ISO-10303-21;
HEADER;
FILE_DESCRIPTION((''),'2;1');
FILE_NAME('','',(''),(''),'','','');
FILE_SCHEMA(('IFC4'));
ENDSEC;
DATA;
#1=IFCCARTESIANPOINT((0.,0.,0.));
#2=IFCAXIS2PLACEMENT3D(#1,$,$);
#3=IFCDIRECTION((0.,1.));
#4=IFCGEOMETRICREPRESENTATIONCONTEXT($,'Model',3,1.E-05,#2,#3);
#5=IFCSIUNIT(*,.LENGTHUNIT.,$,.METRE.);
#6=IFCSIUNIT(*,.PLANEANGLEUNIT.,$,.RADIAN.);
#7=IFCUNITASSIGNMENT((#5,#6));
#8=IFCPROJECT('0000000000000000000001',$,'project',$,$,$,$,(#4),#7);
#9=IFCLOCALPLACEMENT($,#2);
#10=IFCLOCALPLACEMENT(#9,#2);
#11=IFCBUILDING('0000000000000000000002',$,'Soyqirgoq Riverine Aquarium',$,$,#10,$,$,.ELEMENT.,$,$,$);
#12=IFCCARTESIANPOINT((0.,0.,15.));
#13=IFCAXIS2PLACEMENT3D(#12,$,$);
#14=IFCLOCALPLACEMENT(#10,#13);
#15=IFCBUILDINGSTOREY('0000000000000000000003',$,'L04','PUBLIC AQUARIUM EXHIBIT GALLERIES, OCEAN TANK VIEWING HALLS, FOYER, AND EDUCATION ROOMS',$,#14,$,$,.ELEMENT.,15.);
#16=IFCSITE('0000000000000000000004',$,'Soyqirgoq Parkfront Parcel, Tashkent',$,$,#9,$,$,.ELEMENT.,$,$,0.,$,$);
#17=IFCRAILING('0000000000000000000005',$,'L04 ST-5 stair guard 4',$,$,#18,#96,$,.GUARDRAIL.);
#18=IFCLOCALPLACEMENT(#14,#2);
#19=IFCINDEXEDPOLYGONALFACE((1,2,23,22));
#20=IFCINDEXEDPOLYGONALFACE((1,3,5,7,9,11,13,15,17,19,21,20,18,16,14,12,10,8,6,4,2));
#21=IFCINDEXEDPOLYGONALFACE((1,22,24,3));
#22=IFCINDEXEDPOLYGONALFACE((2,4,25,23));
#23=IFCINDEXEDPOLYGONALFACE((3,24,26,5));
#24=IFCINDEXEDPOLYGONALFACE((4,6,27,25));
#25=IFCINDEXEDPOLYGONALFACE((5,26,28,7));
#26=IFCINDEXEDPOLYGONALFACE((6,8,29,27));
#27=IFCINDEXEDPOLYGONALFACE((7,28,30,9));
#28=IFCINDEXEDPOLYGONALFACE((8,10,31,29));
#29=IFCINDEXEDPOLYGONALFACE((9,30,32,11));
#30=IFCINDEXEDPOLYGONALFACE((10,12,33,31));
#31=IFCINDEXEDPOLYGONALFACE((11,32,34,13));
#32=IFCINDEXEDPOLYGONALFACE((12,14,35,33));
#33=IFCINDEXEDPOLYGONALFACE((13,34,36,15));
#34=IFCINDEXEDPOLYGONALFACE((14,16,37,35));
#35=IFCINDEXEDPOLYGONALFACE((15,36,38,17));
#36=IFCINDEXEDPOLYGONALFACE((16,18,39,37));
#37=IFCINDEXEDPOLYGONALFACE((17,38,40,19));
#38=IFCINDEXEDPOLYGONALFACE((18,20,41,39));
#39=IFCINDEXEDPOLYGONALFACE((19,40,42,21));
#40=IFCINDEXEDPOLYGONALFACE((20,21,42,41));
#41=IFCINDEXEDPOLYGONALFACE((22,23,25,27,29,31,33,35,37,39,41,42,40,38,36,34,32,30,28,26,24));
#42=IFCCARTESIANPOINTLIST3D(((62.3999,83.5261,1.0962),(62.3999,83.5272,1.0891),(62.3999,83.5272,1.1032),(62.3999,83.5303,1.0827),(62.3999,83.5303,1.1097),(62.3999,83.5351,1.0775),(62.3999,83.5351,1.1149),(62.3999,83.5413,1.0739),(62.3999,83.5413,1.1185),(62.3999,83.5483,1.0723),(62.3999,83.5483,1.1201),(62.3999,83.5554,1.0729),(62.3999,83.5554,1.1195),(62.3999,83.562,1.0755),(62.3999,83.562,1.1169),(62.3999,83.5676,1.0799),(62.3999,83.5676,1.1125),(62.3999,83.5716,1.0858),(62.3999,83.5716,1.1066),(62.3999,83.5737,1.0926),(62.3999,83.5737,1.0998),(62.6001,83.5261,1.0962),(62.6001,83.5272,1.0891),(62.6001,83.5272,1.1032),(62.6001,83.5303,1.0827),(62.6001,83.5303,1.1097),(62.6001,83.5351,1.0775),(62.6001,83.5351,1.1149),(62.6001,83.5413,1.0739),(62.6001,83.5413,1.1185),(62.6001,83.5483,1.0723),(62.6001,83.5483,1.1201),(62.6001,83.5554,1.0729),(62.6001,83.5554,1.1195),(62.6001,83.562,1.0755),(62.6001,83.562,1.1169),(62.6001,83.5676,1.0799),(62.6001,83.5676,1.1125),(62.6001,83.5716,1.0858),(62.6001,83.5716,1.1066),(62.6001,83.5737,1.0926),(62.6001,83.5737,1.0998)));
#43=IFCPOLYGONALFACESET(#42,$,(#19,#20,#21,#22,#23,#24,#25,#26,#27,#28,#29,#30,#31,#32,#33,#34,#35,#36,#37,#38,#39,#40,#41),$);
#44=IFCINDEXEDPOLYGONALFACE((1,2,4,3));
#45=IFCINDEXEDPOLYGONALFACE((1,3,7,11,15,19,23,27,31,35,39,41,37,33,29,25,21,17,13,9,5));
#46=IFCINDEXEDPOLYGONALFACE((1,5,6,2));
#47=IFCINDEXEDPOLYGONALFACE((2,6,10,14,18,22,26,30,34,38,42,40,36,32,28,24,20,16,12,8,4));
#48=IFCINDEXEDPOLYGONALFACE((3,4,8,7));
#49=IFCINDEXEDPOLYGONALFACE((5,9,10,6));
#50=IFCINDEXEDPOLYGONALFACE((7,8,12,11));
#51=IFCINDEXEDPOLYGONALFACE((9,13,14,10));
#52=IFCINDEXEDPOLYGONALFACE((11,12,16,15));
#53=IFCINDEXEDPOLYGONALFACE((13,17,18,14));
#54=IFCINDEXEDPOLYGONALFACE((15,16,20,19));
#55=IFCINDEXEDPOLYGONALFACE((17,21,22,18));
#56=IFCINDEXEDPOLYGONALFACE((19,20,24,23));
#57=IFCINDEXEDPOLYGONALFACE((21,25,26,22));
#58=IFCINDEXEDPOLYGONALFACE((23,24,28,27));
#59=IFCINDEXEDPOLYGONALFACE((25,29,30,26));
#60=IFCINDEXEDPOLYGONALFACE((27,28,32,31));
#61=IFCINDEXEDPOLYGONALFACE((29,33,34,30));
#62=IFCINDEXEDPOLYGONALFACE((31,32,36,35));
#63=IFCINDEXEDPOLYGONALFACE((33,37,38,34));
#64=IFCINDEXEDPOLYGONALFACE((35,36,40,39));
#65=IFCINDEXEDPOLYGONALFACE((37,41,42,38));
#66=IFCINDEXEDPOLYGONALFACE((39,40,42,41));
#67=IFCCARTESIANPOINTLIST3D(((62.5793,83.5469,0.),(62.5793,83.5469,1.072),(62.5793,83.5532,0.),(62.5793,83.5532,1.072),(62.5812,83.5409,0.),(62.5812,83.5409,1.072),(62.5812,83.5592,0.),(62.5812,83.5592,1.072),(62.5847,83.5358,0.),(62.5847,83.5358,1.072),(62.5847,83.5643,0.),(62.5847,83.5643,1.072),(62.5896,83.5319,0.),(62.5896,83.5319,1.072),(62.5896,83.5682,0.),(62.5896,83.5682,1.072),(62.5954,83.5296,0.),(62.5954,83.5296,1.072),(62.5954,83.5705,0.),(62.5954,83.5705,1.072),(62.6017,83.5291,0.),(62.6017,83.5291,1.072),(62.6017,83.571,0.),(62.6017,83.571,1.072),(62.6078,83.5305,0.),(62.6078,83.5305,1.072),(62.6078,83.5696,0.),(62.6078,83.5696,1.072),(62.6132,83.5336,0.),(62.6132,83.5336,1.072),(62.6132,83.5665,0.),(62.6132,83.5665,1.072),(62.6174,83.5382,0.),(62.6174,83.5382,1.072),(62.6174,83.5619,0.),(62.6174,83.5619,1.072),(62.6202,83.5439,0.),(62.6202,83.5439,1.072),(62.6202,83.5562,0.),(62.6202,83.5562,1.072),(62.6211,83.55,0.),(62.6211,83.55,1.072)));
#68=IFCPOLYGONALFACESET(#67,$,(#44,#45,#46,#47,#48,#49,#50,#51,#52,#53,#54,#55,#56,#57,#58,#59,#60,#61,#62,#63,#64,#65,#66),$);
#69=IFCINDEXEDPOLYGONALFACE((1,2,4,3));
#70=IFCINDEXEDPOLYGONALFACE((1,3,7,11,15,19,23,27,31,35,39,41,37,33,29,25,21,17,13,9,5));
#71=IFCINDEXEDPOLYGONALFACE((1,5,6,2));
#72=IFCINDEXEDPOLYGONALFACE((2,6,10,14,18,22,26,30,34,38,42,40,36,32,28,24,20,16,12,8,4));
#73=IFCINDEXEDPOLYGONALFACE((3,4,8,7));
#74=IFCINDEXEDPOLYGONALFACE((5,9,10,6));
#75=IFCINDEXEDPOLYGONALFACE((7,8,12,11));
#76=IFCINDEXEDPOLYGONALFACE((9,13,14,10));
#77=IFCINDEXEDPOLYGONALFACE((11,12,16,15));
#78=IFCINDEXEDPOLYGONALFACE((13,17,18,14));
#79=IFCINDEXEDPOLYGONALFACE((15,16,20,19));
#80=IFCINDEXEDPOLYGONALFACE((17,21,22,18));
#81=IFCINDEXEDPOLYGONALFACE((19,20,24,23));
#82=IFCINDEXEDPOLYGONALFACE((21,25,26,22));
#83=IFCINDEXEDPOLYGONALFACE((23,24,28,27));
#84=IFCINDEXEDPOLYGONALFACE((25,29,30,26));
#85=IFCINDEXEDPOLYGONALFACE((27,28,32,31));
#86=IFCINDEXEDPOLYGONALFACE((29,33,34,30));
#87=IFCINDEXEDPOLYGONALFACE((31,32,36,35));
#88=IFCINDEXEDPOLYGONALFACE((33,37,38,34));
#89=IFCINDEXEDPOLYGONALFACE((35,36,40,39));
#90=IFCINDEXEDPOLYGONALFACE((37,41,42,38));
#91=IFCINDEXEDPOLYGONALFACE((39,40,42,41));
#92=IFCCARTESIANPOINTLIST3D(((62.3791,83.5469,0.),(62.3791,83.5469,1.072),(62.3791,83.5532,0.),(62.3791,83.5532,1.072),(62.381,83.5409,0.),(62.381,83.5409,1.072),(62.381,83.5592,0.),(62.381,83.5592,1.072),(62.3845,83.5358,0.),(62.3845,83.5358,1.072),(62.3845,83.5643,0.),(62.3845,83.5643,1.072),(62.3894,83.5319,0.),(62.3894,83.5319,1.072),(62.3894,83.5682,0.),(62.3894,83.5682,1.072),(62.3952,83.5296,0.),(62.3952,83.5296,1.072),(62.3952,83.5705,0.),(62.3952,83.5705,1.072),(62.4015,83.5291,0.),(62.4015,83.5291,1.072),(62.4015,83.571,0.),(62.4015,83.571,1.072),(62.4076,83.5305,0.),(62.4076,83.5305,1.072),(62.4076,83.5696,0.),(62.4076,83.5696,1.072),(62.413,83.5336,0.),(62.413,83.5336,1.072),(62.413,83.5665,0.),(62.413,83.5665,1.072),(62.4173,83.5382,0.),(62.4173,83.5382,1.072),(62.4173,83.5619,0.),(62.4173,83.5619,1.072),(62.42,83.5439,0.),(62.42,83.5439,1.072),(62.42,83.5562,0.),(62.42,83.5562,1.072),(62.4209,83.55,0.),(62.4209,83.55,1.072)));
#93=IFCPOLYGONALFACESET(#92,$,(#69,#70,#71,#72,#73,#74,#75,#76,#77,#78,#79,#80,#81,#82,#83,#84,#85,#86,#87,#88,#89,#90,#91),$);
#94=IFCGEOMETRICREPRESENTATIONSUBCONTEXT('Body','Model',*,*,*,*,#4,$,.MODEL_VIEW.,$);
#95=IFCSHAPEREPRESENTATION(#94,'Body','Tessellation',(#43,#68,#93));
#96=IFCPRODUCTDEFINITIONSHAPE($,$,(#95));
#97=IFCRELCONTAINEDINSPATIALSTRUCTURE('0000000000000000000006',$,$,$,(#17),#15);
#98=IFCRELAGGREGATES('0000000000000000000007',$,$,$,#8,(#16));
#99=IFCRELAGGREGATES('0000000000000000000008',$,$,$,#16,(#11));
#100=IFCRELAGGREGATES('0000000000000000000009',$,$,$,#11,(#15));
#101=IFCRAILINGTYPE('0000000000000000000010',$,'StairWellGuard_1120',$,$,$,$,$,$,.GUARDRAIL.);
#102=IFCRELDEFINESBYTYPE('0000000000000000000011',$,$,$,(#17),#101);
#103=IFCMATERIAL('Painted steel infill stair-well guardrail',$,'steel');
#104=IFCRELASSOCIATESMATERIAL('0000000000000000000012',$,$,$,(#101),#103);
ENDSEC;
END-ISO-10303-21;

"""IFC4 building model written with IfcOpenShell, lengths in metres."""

from ifc_helpers import new_model, si_unit, direction, frame, origin, origin_2d, place, context, subcontext, project, spatial, circle, extrude, material, type_object, element, save


model = new_model("IFC4")

# Units and contexts
model_context = context("Model", 3, precision=1e-05, world=origin(), true_north=direction((0.0, 1.0)))
body_context = subcontext(model_context, "Body", "Model", "MODEL_VIEW")
ifc_project = project(units=[si_unit("LENGTHUNIT", "METRE"), si_unit("PLANEANGLEUNIT", "RADIAN")], contexts=[model_context])

# Site, building, storey
site_placement = place(None, origin())
site = spatial("IfcSite", under=ifc_project, at=site_placement, Name="Soyqirgoq Parkfront Parcel, Tashkent", CompositionType="ELEMENT", RefElevation=0.0)
building_placement = place(site_placement, origin())
building = spatial("IfcBuilding", under=site, at=building_placement, Name="Soyqirgoq Riverine Aquarium", CompositionType="ELEMENT")
storey_placement = place(building_placement, frame((0.0, 0.0, 15.0)))
storey = spatial("IfcBuildingStorey", under=building, at=storey_placement, Name="L04", Description="PUBLIC AQUARIUM EXHIBIT GALLERIES, OCEAN TANK VIEWING HALLS, FOYER, AND EDUCATION ROOMS", CompositionType="ELEMENT", Elevation=15.0)

# Railing
ifc_material_1 = material(Name="Painted steel infill stair-well guardrail", Category="steel")
railing_type_1 = type_object("IfcRailingType", Name="StairWellGuard_1120", PredefinedType="GUARDRAIL", material=ifc_material_1)
railing_1_placement = place(storey_placement, frame((62.6001, 83.55, 0.0)))
element("IfcRailing", 1, at=railing_1_placement, inside=storey, type_object=railing_type_1, Name="L04 ST-5 stair guard 4", PredefinedType="GUARDRAIL", context=body_context, shape_type="SweptSolid", body=[
    extrude(circle(Radius=0.0239, at=origin_2d()), frame((0.0, 0.0, 1.0962), z_axis=(-1.0, 0.0, 0.0), x_axis=(0.0, -1.0, 0.0)), (0.0, 0.0, 1.0), 0.2002),
    extrude(circle(Radius=0.021, at=origin_2d()), origin(), (0.0, 0.0, 1.0), 1.072),
    extrude(circle(Radius=0.021, at=origin_2d()), frame((-0.2002, 0.0, 0.0)), (0.0, 0.0, 1.0), 1.072),
])

save(model, "model.ifc")
